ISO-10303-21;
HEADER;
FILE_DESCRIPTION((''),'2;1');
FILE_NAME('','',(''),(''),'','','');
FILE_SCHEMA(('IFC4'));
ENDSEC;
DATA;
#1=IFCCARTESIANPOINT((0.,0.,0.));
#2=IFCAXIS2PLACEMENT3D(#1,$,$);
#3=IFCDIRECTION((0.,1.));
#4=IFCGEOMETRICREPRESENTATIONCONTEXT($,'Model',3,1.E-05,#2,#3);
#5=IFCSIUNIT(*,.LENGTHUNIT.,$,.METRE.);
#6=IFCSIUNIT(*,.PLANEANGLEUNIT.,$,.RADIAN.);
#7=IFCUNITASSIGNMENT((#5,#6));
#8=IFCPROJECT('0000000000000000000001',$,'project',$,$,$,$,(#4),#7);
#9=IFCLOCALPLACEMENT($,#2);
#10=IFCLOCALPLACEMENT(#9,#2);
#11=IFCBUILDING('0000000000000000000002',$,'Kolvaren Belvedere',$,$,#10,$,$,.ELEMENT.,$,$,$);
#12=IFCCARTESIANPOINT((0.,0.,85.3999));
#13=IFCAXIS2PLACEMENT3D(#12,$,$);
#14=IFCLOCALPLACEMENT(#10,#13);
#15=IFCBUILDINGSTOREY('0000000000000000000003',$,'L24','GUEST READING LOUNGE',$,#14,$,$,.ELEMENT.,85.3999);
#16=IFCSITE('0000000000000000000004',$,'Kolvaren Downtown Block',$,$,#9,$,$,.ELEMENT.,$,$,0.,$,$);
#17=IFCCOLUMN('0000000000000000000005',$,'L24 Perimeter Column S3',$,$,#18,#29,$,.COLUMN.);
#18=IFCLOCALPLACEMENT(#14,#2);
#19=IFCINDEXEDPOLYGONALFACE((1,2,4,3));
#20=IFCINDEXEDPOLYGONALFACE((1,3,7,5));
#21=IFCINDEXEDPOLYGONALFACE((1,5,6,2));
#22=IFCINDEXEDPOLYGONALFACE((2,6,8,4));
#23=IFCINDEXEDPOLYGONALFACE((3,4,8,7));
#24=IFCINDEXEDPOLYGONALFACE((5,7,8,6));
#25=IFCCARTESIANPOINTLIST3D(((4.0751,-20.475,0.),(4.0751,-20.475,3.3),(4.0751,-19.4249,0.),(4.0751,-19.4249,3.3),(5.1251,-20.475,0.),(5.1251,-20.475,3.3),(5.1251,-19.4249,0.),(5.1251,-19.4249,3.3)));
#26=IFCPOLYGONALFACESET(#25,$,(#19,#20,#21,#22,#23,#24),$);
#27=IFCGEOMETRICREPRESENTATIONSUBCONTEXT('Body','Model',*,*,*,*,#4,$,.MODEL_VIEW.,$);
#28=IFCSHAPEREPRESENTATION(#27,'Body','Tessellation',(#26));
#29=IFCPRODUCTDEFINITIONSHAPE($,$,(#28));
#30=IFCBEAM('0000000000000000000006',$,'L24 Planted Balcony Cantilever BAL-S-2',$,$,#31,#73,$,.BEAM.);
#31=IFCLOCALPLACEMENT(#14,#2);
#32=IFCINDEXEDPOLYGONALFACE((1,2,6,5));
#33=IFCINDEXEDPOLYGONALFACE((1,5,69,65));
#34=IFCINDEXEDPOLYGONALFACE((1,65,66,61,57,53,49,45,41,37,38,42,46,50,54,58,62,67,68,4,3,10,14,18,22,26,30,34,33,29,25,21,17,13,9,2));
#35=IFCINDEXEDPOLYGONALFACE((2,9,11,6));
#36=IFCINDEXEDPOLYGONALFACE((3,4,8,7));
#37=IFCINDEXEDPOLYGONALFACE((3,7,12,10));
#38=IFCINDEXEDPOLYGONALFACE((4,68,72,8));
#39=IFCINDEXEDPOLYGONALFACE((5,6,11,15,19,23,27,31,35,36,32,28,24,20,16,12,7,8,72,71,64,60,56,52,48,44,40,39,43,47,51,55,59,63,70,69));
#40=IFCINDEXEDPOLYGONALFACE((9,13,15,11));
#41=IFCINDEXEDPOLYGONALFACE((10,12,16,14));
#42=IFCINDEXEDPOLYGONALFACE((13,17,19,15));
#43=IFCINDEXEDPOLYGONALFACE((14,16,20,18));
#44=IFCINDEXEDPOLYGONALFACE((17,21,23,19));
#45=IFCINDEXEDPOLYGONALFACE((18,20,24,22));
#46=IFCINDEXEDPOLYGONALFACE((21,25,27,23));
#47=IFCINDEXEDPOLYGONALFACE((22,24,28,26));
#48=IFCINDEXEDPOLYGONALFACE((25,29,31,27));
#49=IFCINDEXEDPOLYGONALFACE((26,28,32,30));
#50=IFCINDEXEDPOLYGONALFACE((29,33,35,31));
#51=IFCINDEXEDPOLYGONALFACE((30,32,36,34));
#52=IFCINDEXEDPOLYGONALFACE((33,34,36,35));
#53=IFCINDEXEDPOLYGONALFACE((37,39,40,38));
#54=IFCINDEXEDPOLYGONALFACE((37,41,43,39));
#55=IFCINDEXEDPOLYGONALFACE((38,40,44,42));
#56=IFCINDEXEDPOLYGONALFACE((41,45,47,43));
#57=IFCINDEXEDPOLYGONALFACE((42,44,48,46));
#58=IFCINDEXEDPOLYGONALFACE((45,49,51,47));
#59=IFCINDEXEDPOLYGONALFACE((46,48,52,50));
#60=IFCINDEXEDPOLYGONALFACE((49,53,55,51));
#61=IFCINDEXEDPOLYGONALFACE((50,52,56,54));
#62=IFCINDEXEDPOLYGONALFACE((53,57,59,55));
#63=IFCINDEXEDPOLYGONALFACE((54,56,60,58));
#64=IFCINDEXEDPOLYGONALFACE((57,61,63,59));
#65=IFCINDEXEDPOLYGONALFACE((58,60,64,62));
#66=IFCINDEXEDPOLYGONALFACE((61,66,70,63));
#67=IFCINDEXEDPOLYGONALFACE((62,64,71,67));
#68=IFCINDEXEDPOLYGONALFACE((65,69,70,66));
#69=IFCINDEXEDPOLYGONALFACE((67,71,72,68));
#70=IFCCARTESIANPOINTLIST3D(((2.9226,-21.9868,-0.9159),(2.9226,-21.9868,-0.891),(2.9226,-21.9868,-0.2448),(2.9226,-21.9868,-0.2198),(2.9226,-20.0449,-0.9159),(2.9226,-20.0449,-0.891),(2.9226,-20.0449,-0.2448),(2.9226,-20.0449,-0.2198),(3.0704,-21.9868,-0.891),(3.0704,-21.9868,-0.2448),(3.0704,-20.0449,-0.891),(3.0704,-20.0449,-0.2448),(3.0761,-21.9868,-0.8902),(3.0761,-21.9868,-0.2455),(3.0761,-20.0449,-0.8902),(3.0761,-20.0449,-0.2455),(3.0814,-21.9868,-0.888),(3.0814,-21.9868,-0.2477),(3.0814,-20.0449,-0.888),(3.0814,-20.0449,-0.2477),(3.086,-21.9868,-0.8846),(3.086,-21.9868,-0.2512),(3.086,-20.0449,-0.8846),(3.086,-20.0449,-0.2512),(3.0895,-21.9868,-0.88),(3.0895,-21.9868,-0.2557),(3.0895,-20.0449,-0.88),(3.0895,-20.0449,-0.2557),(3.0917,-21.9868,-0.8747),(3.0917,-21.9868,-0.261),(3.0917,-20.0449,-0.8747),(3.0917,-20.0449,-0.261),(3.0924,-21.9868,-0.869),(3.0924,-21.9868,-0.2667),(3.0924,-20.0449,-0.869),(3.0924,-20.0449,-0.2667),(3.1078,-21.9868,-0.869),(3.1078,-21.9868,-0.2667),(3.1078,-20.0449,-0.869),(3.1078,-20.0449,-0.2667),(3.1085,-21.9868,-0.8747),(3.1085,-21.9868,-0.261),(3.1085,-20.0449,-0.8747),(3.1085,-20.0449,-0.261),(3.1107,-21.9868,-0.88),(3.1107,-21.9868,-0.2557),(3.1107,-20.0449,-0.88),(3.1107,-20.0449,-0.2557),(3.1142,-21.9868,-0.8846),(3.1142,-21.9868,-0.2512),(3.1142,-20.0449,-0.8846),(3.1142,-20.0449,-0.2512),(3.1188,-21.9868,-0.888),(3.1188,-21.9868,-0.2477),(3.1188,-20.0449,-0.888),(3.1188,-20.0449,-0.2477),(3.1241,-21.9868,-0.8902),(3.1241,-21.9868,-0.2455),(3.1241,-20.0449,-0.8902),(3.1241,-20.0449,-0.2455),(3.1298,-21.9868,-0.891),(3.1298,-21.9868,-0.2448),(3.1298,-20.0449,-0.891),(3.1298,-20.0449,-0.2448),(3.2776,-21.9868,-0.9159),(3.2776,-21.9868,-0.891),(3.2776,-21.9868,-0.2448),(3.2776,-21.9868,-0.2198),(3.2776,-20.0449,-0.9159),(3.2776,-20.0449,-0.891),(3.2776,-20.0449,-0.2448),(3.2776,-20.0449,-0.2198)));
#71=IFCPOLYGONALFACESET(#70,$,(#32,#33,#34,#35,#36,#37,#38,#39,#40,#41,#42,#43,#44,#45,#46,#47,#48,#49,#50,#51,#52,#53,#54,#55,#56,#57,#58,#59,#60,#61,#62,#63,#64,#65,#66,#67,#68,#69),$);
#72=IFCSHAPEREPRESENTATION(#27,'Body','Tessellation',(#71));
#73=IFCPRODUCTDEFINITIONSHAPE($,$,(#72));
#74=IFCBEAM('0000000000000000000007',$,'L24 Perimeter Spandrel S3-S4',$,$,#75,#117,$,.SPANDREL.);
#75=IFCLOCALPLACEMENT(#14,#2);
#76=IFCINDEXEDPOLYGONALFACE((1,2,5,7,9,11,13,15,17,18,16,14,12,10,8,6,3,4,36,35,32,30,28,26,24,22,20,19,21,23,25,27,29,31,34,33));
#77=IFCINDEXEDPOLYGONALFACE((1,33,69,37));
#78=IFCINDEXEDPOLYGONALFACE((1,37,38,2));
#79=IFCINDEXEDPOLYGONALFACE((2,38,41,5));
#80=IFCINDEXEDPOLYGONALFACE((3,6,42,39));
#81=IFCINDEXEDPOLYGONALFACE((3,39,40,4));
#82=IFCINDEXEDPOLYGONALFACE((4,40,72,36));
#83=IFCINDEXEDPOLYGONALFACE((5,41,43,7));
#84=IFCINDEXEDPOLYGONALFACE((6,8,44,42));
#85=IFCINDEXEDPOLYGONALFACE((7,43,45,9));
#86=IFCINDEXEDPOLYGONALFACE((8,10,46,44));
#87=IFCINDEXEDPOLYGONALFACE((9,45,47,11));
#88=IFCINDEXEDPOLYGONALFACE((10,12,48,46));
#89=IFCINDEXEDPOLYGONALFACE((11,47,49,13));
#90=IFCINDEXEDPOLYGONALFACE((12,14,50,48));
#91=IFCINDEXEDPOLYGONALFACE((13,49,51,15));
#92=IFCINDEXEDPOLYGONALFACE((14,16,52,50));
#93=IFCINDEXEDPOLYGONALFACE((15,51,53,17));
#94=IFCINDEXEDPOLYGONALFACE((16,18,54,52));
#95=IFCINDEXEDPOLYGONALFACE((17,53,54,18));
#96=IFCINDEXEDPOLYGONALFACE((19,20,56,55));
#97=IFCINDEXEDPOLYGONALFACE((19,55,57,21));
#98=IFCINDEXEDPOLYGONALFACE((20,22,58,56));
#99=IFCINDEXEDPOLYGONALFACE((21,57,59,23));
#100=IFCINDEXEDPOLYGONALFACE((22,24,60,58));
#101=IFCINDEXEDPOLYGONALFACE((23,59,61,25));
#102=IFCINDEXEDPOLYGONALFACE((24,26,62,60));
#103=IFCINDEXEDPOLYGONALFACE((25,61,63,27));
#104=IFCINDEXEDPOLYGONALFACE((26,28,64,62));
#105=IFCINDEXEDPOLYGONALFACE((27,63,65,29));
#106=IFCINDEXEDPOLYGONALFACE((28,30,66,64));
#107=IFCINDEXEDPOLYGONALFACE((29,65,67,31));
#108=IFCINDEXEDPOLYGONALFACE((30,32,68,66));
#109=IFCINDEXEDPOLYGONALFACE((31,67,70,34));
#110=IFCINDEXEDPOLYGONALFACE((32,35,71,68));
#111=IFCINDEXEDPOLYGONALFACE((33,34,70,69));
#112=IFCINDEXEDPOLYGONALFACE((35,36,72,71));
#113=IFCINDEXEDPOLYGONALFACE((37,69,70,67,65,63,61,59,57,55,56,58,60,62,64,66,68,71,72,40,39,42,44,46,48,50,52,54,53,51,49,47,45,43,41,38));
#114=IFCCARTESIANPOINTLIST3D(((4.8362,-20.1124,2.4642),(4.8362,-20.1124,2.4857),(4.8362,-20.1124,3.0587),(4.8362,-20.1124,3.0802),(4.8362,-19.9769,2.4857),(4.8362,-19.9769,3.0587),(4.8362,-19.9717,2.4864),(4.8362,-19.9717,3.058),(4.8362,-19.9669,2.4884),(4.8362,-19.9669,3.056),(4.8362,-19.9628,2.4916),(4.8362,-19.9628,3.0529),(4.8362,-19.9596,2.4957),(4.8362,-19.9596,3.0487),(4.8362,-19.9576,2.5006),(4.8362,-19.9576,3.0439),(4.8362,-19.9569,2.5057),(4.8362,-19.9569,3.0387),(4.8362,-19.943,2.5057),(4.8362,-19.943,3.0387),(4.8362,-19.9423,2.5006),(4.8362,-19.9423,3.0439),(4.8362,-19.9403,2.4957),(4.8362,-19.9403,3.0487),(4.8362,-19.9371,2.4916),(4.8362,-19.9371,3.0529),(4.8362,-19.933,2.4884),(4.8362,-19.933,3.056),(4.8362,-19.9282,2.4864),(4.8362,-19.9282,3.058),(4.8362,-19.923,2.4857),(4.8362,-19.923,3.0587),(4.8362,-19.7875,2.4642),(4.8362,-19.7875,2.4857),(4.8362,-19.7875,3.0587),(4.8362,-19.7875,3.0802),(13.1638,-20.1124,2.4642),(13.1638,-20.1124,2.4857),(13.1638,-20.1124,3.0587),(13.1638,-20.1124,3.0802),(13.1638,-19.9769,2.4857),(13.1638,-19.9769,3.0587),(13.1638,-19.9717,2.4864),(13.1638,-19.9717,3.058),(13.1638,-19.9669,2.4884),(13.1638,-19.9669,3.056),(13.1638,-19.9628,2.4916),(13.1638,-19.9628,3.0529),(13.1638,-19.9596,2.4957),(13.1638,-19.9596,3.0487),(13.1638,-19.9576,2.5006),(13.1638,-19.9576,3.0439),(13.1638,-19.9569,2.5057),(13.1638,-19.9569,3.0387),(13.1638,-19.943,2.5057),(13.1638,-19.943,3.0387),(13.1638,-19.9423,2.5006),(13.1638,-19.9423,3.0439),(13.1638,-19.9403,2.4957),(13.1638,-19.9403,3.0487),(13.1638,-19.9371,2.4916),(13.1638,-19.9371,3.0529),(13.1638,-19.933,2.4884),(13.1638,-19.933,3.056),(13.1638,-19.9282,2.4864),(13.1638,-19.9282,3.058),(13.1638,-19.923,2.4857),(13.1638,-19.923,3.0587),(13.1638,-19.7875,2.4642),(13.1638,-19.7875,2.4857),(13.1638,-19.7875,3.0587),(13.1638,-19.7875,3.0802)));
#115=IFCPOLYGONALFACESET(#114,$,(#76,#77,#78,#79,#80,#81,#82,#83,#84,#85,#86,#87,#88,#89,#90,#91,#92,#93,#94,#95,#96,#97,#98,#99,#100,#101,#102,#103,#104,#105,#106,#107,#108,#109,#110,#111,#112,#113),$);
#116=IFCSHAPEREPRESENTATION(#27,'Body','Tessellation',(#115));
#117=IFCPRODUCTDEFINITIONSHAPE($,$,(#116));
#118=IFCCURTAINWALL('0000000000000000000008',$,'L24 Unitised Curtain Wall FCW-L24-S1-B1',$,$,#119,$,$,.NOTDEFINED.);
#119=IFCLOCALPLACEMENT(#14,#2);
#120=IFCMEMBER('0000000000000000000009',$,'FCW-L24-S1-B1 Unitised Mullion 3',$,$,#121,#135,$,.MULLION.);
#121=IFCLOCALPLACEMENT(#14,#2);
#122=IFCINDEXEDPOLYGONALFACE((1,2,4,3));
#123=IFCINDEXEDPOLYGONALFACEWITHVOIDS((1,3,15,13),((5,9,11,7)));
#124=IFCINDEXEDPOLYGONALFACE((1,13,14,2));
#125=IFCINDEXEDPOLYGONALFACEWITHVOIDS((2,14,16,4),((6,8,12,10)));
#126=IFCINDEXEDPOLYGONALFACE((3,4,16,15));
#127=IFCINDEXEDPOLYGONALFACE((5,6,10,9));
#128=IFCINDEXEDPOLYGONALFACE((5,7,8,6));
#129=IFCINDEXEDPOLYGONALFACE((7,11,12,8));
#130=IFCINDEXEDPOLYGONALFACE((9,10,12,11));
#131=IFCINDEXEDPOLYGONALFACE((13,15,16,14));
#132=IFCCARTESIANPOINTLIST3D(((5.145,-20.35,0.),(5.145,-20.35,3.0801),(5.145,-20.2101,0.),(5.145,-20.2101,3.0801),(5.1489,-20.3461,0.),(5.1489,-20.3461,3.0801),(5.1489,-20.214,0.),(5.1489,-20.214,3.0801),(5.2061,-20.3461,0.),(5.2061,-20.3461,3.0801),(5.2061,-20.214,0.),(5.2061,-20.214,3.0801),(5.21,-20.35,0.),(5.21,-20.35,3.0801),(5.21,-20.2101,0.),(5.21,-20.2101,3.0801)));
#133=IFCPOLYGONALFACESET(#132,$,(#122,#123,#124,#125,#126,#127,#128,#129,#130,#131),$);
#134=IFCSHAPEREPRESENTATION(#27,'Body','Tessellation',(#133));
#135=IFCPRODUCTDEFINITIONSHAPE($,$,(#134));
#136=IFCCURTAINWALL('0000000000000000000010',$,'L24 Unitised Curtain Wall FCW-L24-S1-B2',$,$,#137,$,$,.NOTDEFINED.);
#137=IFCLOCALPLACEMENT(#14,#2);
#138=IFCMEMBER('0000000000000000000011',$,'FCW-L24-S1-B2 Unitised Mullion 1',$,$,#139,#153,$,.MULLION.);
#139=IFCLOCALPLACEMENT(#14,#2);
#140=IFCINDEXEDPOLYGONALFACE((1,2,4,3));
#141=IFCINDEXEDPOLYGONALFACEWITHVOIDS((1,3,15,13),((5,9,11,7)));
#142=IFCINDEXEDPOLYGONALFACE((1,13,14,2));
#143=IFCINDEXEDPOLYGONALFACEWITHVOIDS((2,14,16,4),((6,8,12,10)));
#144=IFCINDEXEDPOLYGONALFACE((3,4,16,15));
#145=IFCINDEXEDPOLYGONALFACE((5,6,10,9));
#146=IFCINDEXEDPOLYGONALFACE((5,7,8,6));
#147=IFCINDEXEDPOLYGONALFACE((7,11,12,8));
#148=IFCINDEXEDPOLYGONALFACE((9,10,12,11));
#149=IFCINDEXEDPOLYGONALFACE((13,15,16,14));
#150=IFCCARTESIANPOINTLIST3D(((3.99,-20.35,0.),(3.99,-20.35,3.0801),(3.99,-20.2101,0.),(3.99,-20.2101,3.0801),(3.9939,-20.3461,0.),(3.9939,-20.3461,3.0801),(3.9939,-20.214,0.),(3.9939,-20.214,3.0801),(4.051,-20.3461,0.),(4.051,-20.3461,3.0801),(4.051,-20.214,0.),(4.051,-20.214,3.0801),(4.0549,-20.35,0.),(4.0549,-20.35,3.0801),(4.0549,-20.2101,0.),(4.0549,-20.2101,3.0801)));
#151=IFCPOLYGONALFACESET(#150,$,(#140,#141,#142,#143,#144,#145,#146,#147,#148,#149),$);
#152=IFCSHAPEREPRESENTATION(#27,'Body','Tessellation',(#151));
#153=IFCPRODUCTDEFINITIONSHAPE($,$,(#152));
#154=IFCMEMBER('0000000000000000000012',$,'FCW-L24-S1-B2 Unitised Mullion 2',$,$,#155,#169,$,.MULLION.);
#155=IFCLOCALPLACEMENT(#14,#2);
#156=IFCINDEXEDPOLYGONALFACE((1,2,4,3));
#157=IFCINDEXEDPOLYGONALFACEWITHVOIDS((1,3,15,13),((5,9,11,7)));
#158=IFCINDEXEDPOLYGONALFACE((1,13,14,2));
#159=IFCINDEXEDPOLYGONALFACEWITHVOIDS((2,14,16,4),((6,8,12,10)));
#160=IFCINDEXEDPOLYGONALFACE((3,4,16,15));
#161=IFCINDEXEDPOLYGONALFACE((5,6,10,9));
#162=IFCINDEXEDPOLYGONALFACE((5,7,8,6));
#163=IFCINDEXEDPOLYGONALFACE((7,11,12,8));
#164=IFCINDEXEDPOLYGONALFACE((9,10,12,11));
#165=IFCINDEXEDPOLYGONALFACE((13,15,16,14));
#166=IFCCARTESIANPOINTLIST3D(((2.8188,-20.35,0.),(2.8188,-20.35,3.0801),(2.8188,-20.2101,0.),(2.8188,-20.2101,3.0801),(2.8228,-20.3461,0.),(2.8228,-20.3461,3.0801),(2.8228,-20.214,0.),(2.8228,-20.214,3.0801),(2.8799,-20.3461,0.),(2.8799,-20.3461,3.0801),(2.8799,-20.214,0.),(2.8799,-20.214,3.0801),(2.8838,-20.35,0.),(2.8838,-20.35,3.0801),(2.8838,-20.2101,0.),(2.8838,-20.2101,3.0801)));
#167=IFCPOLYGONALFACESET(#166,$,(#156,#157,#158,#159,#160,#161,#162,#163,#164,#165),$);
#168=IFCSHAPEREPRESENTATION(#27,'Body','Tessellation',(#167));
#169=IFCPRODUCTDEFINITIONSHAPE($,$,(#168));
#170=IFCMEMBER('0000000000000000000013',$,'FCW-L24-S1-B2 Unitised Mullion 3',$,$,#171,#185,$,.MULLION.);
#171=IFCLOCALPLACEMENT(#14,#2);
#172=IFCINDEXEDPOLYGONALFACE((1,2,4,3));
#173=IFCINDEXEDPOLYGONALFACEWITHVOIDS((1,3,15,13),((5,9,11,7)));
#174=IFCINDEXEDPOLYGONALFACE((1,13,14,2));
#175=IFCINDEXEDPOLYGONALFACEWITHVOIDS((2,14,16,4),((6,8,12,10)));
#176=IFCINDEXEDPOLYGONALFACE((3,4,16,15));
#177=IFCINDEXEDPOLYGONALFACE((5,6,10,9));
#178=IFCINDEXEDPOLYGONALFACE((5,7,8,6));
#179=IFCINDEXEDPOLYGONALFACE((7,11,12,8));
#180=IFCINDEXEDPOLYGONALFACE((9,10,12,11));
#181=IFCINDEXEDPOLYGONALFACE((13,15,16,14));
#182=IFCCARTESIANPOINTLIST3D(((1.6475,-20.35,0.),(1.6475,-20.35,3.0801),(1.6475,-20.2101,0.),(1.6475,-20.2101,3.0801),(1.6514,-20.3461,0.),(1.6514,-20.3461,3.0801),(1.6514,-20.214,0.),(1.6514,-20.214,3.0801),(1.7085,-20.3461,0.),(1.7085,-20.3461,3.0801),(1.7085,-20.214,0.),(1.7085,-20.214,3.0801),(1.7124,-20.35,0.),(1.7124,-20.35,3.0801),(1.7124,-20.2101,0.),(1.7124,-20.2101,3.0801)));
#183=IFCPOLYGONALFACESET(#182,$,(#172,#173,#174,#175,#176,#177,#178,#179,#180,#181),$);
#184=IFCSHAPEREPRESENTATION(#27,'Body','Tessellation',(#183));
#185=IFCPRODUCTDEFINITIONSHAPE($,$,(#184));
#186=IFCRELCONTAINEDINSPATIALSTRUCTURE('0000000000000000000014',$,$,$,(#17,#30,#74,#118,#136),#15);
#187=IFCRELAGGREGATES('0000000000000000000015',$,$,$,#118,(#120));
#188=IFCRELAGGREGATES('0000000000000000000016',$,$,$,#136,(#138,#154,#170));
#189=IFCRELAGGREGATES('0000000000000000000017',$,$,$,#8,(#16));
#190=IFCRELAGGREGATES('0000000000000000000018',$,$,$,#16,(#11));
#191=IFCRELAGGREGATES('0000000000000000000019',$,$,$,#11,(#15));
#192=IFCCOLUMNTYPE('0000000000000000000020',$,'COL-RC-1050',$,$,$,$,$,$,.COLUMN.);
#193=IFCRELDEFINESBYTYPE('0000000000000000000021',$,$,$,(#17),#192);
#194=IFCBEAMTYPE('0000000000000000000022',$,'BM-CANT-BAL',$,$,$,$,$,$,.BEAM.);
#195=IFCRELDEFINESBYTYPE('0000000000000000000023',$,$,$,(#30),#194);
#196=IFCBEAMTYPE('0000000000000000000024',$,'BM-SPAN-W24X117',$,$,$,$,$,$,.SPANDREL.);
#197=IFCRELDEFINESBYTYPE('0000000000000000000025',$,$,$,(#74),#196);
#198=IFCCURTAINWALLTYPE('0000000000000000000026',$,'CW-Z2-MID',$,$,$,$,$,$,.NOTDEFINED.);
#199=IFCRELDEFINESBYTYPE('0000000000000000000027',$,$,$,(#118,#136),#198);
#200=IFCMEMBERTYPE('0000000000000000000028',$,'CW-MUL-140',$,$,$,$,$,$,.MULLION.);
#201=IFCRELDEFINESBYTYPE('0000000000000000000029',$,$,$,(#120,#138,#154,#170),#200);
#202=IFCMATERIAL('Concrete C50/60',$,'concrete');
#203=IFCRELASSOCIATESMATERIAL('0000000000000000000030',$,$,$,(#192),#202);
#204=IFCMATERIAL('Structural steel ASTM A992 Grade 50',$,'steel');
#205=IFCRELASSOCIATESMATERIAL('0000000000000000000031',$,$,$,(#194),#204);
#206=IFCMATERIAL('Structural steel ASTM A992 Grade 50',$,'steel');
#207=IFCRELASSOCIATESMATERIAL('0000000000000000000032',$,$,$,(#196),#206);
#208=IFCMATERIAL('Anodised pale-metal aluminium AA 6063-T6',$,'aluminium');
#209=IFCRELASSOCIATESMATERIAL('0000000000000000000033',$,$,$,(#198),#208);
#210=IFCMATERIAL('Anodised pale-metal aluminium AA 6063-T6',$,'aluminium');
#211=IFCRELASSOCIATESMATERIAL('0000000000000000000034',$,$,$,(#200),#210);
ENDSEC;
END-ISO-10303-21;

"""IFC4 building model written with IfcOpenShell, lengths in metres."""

from ifc_helpers import new_model, si_unit, direction, frame, origin, origin_2d, place, context, subcontext, project, spatial, rectangle, hollow_rectangle, i_section, extrude, material, material_profile, profile_set, type_object, element, aggregate, save


model = new_model("IFC4")

# Units and contexts
model_context = context("Model", 3, precision=1e-05, world=origin(), true_north=direction((0.0, 1.0)))
body_context = subcontext(model_context, "Body", "Model", "MODEL_VIEW")
ifc_project = project(units=[si_unit("LENGTHUNIT", "METRE"), si_unit("PLANEANGLEUNIT", "RADIAN")], contexts=[model_context])

# Site, building, storey
site_placement = place(None, origin())
site = spatial("IfcSite", under=ifc_project, at=site_placement, Name="Kolvaren Downtown Block", CompositionType="ELEMENT", RefElevation=0.0)
building_placement = place(site_placement, origin())
building = spatial("IfcBuilding", under=site, at=building_placement, Name="Kolvaren Belvedere", CompositionType="ELEMENT")
storey_placement = place(building_placement, frame((0.0, 0.0, 85.3999)))
storey = spatial("IfcBuildingStorey", under=building, at=storey_placement, Name="L24", Description="GUEST READING LOUNGE", CompositionType="ELEMENT", Elevation=85.3999)

# Column
ifc_material_1 = material(Name="Concrete C50/60", Category="concrete")
ifc_material_profile_1 = material_profile(ifc_material_1, rectangle(XDim=1.05, YDim=1.05, at=origin_2d()), Name="RC 1050X1050")
ifc_profile_set_1 = profile_set([ifc_material_profile_1], Name="Concrete C50/60")
column_type = type_object("IfcColumnType", Name="COL-RC-1050", PredefinedType="COLUMN", material=ifc_profile_set_1)
column_placement = place(storey_placement, frame((4.6001, -19.95, 0.0), z_axis=(0.0, 0.0, 1.0), x_axis=(1.0, 0.0, 0.0)))
element("IfcColumn", 1, at=column_placement, inside=storey, type_object=column_type, Name="L24 Perimeter Column S3", PredefinedType="COLUMN", context=body_context, shape_type="SweptSolid", body=[
    extrude(rectangle(XDim=1.05, YDim=1.05, at=origin_2d()), origin(), (0.0, 0.0, 1.0), 3.3),
])

# Beams
ifc_material_2 = material(Name="Structural steel ASTM A992 Grade 50", Category="steel")
ifc_material_profile_2 = material_profile(ifc_material_2, i_section(OverallWidth=0.355, OverallDepth=0.696, WebThickness=0.0154, FlangeThickness=0.0249, FilletRadius=0.022, at=origin_2d()), Name="W27X146")
ifc_profile_set_2 = profile_set([ifc_material_profile_2], Name="Structural steel ASTM A992 Grade 50")
beam_type_1 = type_object("IfcBeamType", Name="BM-CANT-BAL", PredefinedType="BEAM", material=ifc_profile_set_2)
beam_1_placement = place(storey_placement, frame((3.1001, -20.0449, -0.5679), z_axis=(0.0, -1.0, 0.0), x_axis=(1.0, 0.0, 0.0)))
element("IfcBeam", 2, at=beam_1_placement, inside=storey, type_object=beam_type_1, Name="L24 Planted Balcony Cantilever BAL-S-2", PredefinedType="BEAM", context=body_context, shape_type="SweptSolid", body=[
    extrude(i_section(OverallWidth=0.355, OverallDepth=0.696, WebThickness=0.0154, FlangeThickness=0.0249, FilletRadius=0.022, at=origin_2d()), origin(), (0.0, 0.0, 1.0), 1.9419),
])
ifc_material_3 = material(Name="Structural steel ASTM A992 Grade 50", Category="steel")
ifc_material_profile_3 = material_profile(ifc_material_3, i_section(OverallWidth=0.325, OverallDepth=0.616, WebThickness=0.0139, FlangeThickness=0.0215, FilletRadius=0.02, at=origin_2d()), Name="W24X117")
ifc_profile_set_3 = profile_set([ifc_material_profile_3], Name="Structural steel ASTM A992 Grade 50")
beam_type_2 = type_object("IfcBeamType", Name="BM-SPAN-W24X117", PredefinedType="SPANDREL", material=ifc_profile_set_3)
beam_2_placement = place(storey_placement, frame((4.8362, -19.95, 2.7722), z_axis=(1.0, 0.0, 0.0), x_axis=(0.0, 1.0, 0.0)))
element("IfcBeam", 3, at=beam_2_placement, inside=storey, type_object=beam_type_2, Name="L24 Perimeter Spandrel S3-S4", PredefinedType="SPANDREL", context=body_context, shape_type="SweptSolid", body=[
    extrude(i_section(OverallWidth=0.325, OverallDepth=0.616, WebThickness=0.0139, FlangeThickness=0.0215, FilletRadius=0.02, at=origin_2d()), origin(), (0.0, 0.0, 1.0), 8.3276),
])

# Curtain wall, member
ifc_material_4 = material(Name="Anodised pale-metal aluminium AA 6063-T6", Category="aluminium")
curtain_wall_type = type_object("IfcCurtainWallType", Name="CW-Z2-MID", PredefinedType="NOTDEFINED", material=ifc_material_4)
curtain_wall_1_placement = place(storey_placement, origin())
curtain_wall_1 = element("IfcCurtainWall", 4, at=curtain_wall_1_placement, inside=storey, type_object=curtain_wall_type, Name="L24 Unitised Curtain Wall FCW-L24-S1-B1", PredefinedType="NOTDEFINED")
ifc_material_5 = material(Name="Anodised pale-metal aluminium AA 6063-T6", Category="aluminium")
ifc_material_profile_4 = material_profile(ifc_material_5, hollow_rectangle(XDim=0.0649, YDim=0.1399, WallThickness=0.0039, at=origin_2d()), Name="ALU-MUL-140X65")
ifc_profile_set_4 = profile_set([ifc_material_profile_4], Name="Anodised pale-metal aluminium AA 6063-T6")
member_type_1 = type_object("IfcMemberType", Name="CW-MUL-140", PredefinedType="MULLION", material=ifc_profile_set_4)
member_1_placement = place(storey_placement, frame((5.1775, -20.28, 0.0), z_axis=(0.0, 0.0, 1.0), x_axis=(1.0, 0.0, 0.0)))
member_1 = element("IfcMember", 5, at=member_1_placement, type_object=member_type_1, Name="FCW-L24-S1-B1 Unitised Mullion 3", PredefinedType="MULLION", context=body_context, shape_type="SweptSolid", body=[
    extrude(hollow_rectangle(XDim=0.0649, YDim=0.1399, WallThickness=0.0039, at=origin_2d()), origin(), (0.0, 0.0, 1.0), 3.0801),
])
aggregate(curtain_wall_1, [member_1])

# Curtain wall, members
curtain_wall_2_placement = place(storey_placement, origin())
curtain_wall_2 = element("IfcCurtainWall", 6, at=curtain_wall_2_placement, inside=storey, type_object=curtain_wall_type, Name="L24 Unitised Curtain Wall FCW-L24-S1-B2", PredefinedType="NOTDEFINED")
member_2_placement = place(storey_placement, frame((4.0225, -20.28, 0.0), z_axis=(0.0, 0.0, 1.0), x_axis=(1.0, 0.0, 0.0)))
member_2 = element("IfcMember", 7, at=member_2_placement, type_object=member_type_1, Name="FCW-L24-S1-B2 Unitised Mullion 1", PredefinedType="MULLION", context=body_context, shape_type="SweptSolid", body=[
    extrude(hollow_rectangle(XDim=0.0649, YDim=0.1399, WallThickness=0.0039, at=origin_2d()), origin(), (0.0, 0.0, 1.0), 3.0801),
])
member_3_placement = place(storey_placement, frame((2.8513, -20.28, 0.0), z_axis=(0.0, 0.0, 1.0), x_axis=(1.0, 0.0, 0.0)))
member_3 = element("IfcMember", 8, at=member_3_placement, type_object=member_type_1, Name="FCW-L24-S1-B2 Unitised Mullion 2", PredefinedType="MULLION", context=body_context, shape_type="SweptSolid", body=[
    extrude(hollow_rectangle(XDim=0.0649, YDim=0.1399, WallThickness=0.0039, at=origin_2d()), origin(), (0.0, 0.0, 1.0), 3.0801),
])
member_4_placement = place(storey_placement, frame((1.6799, -20.28, 0.0), z_axis=(0.0, 0.0, 1.0), x_axis=(1.0, 0.0, 0.0)))
member_4 = element("IfcMember", 9, at=member_4_placement, type_object=member_type_1, Name="FCW-L24-S1-B2 Unitised Mullion 3", PredefinedType="MULLION", context=body_context, shape_type="SweptSolid", body=[
    extrude(hollow_rectangle(XDim=0.0649, YDim=0.1399, WallThickness=0.0039, at=origin_2d()), origin(), (0.0, 0.0, 1.0), 3.0801),
])

aggregate(curtain_wall_2, [member_2, member_3, member_4])

save(model, "model.ifc")
